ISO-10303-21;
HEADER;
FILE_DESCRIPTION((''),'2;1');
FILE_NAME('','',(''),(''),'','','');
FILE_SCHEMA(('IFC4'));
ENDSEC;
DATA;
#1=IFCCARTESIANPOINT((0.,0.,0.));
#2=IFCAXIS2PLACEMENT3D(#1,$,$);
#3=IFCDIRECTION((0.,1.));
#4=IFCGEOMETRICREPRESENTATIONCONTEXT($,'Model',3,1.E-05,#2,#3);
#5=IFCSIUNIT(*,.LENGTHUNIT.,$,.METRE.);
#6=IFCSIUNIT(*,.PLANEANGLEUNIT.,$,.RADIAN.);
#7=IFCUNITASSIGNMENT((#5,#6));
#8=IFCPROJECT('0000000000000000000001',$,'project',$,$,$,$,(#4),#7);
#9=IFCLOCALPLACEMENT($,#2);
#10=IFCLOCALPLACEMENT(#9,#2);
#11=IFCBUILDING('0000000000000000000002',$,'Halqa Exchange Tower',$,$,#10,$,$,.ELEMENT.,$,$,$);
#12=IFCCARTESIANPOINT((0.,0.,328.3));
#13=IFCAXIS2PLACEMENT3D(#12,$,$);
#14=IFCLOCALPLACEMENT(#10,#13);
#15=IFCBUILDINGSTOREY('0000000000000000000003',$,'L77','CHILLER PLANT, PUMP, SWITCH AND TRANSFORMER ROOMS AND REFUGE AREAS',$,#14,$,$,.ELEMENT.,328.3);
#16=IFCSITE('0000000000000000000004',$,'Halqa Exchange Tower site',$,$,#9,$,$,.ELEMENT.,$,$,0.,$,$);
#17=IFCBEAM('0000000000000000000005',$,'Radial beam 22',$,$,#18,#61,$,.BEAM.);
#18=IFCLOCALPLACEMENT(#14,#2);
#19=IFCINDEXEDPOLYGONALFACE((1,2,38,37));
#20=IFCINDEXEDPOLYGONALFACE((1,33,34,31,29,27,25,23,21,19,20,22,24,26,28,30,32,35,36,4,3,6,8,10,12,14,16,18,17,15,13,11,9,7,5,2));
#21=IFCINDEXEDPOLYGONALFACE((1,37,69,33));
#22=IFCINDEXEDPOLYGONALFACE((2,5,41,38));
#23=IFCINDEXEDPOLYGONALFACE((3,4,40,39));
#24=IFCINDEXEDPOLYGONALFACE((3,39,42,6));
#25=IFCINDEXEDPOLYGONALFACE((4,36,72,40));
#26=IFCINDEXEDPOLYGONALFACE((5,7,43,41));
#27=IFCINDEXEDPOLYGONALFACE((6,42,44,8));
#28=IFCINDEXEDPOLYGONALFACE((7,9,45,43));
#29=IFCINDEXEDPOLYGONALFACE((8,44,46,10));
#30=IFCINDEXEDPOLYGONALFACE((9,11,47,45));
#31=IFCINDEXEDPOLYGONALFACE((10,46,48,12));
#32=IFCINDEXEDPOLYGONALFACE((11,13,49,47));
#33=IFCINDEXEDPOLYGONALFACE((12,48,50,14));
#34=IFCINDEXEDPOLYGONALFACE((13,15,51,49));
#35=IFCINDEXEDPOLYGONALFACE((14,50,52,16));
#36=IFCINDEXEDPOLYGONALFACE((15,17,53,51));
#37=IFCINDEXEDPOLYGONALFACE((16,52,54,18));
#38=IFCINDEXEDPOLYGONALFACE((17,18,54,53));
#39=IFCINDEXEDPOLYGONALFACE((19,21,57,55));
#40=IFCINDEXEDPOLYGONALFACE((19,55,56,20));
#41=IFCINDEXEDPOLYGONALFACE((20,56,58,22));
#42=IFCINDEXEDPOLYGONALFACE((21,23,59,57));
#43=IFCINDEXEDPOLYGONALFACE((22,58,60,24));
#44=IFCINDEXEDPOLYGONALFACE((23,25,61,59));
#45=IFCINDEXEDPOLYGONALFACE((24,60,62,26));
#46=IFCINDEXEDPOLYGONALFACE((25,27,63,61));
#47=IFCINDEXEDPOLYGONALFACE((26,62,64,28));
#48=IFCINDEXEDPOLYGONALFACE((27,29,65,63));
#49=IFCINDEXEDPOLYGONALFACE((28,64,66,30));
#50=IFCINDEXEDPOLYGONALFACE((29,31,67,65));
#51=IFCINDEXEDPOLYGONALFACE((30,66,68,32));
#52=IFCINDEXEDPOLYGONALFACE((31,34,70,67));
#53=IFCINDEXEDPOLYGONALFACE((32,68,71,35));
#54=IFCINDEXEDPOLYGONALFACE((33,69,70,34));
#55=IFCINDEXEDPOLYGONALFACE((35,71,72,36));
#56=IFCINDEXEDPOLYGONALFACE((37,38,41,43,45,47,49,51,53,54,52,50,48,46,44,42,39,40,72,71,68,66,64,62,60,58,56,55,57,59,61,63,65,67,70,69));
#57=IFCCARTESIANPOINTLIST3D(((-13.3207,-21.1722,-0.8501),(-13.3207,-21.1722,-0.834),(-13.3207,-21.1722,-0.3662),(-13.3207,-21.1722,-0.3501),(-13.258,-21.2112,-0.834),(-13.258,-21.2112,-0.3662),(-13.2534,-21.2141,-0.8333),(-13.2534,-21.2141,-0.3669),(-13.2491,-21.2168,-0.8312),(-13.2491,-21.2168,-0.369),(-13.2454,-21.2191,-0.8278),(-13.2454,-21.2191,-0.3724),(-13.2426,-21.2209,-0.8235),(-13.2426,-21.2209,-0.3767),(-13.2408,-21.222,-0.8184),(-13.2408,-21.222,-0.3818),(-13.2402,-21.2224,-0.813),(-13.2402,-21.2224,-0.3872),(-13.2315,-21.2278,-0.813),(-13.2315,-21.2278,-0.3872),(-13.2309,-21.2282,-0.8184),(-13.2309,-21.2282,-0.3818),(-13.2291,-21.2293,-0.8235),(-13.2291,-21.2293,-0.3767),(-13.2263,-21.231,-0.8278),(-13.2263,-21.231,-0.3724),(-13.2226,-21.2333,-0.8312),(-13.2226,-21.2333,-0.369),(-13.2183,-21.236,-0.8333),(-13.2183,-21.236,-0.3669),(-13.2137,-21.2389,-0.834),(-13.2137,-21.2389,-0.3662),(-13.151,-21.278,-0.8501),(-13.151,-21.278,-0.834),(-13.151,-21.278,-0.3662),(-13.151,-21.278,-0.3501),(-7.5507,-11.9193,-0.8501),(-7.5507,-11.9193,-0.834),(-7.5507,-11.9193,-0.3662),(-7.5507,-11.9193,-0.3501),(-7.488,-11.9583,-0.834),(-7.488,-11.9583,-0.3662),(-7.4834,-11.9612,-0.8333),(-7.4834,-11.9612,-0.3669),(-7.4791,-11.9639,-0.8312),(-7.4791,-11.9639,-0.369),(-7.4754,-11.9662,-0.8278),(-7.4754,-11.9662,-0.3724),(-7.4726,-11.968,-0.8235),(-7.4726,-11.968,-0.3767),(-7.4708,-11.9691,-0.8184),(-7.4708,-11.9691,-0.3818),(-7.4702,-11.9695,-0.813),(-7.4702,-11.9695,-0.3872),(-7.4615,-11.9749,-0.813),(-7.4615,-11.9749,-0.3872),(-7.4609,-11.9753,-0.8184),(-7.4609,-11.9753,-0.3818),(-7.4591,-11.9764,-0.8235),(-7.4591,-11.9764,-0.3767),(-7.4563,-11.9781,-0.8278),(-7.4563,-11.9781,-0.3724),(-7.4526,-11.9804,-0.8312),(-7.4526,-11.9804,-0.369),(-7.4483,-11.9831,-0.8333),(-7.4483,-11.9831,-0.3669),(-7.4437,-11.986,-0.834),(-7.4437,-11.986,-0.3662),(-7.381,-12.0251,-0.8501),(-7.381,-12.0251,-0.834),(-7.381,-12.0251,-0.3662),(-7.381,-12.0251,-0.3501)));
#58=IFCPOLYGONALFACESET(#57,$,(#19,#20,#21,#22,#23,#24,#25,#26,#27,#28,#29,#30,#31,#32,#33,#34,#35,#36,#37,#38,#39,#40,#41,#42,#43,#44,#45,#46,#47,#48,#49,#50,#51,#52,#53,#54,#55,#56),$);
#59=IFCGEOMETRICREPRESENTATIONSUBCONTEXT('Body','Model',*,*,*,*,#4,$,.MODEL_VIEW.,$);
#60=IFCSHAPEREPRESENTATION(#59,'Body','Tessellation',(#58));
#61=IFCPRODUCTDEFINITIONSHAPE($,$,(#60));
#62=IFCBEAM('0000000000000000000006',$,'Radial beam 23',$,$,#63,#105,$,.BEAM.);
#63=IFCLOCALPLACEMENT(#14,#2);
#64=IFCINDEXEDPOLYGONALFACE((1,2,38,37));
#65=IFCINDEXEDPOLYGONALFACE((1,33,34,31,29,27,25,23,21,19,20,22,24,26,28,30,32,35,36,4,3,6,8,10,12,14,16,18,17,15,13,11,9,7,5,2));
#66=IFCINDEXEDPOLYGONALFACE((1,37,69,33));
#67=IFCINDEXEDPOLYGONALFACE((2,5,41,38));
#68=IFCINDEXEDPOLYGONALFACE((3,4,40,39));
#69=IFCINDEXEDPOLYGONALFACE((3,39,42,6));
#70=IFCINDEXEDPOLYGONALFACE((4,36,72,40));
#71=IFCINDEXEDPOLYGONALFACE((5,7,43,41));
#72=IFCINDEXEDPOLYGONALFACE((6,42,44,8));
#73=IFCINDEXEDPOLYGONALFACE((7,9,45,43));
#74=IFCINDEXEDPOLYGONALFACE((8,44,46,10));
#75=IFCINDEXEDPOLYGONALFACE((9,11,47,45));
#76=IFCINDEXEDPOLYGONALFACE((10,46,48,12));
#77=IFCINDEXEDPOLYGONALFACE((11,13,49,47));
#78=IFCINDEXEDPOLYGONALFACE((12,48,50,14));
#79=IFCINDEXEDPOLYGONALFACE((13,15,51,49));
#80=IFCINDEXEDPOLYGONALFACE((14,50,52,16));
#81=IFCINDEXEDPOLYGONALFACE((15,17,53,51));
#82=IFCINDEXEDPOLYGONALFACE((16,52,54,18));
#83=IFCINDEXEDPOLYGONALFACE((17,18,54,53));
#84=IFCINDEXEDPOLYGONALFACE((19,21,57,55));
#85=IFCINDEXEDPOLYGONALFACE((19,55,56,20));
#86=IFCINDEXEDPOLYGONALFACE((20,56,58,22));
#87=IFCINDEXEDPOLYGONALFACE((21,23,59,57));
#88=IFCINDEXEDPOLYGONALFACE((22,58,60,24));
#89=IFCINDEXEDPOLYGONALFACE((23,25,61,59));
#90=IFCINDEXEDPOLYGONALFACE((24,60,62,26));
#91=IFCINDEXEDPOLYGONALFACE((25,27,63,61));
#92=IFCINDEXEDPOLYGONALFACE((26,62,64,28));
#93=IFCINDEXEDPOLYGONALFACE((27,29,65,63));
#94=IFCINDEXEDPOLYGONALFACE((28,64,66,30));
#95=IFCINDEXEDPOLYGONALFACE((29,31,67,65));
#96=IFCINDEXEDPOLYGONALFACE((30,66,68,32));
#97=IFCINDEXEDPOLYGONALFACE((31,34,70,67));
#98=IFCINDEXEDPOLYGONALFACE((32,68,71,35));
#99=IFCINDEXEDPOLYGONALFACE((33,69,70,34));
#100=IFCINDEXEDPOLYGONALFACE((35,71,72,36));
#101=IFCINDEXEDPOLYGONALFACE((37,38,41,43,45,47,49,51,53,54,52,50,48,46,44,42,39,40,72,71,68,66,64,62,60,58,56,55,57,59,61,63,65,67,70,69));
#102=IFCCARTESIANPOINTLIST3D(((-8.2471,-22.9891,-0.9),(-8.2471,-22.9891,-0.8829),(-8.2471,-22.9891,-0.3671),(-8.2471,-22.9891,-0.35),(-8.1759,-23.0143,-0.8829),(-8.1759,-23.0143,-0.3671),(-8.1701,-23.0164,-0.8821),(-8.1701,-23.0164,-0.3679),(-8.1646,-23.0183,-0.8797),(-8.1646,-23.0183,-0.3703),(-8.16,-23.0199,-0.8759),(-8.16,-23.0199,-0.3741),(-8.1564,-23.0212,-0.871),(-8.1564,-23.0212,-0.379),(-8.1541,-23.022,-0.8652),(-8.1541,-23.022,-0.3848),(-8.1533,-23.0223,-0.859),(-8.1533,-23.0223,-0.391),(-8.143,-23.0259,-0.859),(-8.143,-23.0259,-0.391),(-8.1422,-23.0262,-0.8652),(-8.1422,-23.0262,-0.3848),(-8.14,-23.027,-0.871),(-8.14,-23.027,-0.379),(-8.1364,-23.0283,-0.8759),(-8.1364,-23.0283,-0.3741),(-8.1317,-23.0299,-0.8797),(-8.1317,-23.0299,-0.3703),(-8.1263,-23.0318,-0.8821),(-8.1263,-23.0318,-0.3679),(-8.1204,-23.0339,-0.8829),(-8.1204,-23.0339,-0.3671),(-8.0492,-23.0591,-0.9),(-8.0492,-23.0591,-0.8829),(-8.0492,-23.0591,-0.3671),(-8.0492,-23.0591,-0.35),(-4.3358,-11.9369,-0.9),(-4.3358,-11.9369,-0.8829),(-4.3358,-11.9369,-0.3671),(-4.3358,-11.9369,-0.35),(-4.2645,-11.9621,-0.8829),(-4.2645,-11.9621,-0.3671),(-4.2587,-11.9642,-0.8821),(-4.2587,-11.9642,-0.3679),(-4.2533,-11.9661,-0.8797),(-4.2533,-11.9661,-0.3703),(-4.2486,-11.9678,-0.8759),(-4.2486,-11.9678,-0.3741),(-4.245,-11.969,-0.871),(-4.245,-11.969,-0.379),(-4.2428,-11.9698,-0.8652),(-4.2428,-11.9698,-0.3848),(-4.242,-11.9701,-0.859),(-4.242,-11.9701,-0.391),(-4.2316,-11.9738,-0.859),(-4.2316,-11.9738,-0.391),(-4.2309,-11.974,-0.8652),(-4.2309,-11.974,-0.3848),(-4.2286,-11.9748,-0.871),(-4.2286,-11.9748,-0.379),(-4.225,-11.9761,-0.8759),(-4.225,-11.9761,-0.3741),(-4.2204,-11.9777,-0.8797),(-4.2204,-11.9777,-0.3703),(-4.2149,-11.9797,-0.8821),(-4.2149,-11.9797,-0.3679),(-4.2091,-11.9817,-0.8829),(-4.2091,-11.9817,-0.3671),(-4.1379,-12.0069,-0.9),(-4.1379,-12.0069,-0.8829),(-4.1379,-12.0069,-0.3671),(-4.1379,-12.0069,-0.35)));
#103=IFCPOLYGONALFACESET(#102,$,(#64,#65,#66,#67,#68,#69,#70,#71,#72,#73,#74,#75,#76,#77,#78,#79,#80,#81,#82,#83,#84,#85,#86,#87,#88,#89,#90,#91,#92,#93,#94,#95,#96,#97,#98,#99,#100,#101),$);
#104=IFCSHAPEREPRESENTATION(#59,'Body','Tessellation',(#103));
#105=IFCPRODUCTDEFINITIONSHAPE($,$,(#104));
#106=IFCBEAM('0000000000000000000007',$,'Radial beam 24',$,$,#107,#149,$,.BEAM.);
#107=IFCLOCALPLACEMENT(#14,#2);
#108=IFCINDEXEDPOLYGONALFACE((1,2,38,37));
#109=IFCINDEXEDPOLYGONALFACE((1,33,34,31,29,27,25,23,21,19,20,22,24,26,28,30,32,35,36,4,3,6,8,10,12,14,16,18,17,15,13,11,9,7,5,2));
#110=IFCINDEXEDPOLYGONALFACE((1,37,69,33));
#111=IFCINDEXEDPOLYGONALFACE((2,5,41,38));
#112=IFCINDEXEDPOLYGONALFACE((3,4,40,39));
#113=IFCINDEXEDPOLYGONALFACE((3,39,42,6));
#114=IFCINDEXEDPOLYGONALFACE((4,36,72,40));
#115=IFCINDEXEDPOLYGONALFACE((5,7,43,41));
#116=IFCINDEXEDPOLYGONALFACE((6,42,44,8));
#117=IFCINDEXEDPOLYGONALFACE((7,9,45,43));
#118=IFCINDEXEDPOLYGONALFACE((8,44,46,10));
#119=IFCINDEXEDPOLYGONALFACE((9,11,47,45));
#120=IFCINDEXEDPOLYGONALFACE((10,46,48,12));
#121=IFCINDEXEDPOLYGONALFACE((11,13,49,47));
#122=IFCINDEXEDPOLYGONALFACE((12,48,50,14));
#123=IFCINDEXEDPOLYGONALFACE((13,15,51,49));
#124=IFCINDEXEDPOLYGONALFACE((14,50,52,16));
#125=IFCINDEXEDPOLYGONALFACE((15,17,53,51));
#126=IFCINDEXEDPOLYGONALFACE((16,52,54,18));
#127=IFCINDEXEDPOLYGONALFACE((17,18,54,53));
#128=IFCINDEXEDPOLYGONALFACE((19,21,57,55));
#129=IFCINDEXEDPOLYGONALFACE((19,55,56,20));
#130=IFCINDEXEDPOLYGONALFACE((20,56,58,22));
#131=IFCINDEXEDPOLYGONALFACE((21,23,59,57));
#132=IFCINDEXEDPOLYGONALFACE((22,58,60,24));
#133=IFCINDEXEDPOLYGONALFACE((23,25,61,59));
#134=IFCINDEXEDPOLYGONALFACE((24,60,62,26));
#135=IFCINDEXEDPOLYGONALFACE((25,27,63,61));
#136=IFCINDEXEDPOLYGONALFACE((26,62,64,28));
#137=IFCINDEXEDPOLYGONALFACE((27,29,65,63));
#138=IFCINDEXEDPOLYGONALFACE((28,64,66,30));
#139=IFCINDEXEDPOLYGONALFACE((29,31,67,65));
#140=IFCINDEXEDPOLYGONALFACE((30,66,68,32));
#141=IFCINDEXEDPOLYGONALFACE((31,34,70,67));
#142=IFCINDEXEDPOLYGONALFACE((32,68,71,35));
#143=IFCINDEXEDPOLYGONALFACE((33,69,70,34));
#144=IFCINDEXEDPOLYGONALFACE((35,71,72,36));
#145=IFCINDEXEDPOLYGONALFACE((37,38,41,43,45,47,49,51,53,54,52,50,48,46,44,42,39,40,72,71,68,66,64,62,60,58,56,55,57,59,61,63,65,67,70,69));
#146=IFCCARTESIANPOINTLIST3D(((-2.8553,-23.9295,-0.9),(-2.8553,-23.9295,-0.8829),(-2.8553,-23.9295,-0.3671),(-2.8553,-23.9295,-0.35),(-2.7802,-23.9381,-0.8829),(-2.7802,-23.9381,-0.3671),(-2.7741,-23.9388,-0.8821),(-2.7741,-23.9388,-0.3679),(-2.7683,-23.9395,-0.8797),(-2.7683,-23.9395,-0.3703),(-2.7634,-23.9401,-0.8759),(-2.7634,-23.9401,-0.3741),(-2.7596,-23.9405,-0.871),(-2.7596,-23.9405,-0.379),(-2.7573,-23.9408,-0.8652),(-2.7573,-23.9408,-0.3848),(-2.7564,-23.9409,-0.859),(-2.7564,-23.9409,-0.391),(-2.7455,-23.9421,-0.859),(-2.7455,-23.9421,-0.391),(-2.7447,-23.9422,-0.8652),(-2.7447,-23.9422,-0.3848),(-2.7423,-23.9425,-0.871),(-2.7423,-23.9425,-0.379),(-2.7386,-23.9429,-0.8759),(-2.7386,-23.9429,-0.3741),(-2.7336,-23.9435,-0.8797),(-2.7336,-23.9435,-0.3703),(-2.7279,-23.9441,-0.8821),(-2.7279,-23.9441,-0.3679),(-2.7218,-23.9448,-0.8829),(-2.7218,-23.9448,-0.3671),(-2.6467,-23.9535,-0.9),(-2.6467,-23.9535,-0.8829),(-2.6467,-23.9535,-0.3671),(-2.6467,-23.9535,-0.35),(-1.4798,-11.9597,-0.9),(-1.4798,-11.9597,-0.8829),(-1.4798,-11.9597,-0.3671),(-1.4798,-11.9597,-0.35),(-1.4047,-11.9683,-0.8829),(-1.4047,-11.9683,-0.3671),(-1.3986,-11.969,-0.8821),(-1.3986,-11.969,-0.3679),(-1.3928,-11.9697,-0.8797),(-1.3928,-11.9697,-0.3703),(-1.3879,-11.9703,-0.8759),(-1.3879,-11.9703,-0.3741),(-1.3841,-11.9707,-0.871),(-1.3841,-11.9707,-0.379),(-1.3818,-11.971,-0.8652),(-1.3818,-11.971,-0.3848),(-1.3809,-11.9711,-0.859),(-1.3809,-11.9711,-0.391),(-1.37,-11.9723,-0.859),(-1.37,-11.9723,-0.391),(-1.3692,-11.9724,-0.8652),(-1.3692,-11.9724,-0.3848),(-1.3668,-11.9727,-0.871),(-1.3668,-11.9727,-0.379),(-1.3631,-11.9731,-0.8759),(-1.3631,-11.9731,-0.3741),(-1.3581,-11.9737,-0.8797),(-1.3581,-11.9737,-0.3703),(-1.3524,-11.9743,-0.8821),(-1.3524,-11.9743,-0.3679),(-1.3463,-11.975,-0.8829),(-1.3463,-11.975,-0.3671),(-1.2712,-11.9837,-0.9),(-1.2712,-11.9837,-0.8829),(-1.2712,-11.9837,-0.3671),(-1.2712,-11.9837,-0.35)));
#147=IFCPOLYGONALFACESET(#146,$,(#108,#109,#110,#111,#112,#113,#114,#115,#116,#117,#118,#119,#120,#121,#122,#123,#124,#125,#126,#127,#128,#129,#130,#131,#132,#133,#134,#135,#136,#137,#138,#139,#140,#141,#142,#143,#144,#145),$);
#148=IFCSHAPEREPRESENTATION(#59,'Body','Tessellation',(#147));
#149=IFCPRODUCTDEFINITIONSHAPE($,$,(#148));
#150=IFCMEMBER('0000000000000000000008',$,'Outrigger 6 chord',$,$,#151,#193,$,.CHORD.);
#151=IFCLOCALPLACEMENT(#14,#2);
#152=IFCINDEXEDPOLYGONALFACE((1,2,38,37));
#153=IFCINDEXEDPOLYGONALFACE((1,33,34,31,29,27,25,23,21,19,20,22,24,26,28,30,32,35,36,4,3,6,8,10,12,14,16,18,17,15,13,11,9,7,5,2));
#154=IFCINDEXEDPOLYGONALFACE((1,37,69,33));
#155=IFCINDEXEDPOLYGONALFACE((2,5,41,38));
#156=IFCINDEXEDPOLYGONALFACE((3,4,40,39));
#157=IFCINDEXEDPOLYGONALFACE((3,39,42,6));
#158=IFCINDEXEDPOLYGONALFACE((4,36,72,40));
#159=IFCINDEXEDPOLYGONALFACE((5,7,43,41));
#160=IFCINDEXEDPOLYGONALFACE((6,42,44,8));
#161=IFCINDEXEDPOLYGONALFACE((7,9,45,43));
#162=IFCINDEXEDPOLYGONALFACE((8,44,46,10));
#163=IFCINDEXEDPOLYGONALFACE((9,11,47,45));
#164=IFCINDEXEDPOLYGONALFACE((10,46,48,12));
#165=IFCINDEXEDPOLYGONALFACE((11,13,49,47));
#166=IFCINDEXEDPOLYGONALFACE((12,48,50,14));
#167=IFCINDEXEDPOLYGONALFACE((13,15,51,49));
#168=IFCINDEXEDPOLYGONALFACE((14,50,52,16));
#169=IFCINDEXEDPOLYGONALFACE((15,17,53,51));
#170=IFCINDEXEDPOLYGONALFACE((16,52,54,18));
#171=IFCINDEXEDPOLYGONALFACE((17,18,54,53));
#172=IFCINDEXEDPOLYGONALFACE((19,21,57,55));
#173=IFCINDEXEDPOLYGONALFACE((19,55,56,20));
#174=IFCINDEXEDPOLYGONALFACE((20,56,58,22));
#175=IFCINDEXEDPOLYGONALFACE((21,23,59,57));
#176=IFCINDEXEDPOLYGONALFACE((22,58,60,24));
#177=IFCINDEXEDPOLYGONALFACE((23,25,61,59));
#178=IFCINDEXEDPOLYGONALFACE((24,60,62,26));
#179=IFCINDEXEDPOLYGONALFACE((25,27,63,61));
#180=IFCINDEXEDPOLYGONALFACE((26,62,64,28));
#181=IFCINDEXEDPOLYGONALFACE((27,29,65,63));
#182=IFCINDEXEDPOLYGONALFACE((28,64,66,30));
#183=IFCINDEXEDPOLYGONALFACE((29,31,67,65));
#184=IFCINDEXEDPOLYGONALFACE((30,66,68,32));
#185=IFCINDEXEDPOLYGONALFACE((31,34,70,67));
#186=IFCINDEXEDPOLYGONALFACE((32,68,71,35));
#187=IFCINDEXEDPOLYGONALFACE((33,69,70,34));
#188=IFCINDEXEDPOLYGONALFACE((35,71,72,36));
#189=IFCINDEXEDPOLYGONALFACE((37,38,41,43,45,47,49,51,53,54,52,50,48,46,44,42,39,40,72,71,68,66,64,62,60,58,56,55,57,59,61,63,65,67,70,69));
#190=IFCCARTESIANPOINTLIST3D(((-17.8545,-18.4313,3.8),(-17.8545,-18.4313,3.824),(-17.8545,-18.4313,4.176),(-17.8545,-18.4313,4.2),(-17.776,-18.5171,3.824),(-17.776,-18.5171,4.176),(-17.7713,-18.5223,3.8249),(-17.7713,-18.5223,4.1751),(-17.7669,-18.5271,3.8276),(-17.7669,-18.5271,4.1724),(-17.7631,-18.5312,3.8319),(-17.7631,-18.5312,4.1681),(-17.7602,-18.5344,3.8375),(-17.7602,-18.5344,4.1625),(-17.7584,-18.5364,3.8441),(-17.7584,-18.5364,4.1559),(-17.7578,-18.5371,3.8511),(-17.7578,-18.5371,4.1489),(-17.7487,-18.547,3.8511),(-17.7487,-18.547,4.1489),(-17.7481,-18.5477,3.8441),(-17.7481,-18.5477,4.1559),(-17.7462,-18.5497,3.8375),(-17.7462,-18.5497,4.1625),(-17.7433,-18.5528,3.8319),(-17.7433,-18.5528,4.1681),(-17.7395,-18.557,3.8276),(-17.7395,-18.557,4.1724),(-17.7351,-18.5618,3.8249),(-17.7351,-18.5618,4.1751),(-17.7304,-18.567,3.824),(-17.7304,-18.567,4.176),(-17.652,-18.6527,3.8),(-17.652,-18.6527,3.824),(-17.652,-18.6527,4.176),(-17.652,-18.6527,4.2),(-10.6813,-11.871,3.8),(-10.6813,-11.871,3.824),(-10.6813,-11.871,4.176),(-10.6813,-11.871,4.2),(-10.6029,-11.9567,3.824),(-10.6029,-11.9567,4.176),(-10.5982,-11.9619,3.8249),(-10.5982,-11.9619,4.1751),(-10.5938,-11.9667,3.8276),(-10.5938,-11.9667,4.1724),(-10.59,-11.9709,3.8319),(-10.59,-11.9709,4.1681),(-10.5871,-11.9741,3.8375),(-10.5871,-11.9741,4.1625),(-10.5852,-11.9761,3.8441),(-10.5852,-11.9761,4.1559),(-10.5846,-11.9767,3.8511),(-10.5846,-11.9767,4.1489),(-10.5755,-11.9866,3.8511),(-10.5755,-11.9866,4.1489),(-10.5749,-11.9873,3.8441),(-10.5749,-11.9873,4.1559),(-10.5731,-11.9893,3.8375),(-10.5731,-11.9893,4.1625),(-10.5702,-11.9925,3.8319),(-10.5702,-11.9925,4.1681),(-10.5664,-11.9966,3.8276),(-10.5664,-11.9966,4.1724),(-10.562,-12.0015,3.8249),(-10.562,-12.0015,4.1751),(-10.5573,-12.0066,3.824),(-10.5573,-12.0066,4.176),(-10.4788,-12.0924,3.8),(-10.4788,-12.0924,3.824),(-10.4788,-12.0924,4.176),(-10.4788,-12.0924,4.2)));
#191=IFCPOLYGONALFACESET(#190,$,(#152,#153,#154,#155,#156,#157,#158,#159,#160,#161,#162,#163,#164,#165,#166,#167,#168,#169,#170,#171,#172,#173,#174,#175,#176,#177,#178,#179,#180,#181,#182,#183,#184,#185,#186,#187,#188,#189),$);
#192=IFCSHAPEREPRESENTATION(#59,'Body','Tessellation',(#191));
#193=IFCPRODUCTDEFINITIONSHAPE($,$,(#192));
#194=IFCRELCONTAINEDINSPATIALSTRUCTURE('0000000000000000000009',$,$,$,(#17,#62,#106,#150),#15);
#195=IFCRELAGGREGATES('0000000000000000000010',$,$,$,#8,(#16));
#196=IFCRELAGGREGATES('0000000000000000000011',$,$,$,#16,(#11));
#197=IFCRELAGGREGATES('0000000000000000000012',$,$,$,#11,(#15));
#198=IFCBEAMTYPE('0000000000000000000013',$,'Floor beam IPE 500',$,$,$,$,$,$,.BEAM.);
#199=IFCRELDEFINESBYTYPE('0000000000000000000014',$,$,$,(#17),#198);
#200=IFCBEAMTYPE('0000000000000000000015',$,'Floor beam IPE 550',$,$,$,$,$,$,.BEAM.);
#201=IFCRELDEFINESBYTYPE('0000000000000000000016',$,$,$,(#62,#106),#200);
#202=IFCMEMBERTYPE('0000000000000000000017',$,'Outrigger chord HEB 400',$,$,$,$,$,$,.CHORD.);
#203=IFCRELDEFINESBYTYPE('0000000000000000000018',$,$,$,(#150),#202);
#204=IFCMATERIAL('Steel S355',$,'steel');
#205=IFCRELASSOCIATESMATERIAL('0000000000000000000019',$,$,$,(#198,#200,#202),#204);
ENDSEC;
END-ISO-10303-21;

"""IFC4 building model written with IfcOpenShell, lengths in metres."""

from ifc_helpers import new_model, si_unit, direction, frame, origin, origin_2d, place, context, subcontext, project, spatial, i_section, extrude, material, material_profile, profile_set, type_object, element, save


model = new_model("IFC4")

# Units and contexts
model_context = context("Model", 3, precision=1e-05, world=origin(), true_north=direction((0.0, 1.0)))
body_context = subcontext(model_context, "Body", "Model", "MODEL_VIEW")
ifc_project = project(units=[si_unit("LENGTHUNIT", "METRE"), si_unit("PLANEANGLEUNIT", "RADIAN")], contexts=[model_context])

# Site, building, storey
site_placement = place(None, origin())
site = spatial("IfcSite", under=ifc_project, at=site_placement, Name="Halqa Exchange Tower site", CompositionType="ELEMENT", RefElevation=0.0)
building_placement = place(site_placement, origin())
building = spatial("IfcBuilding", under=site, at=building_placement, Name="Halqa Exchange Tower", CompositionType="ELEMENT")
storey_placement = place(building_placement, frame((0.0, 0.0, 328.3)))
storey = spatial("IfcBuildingStorey", under=building, at=storey_placement, Name="L77", Description="CHILLER PLANT, PUMP, SWITCH AND TRANSFORMER ROOMS AND REFUGE AREAS", CompositionType="ELEMENT", Elevation=328.3)

# Beams
ifc_material_1 = material(Name="Steel S355", Category="steel")
ifc_material_profile_1 = material_profile(ifc_material_1, i_section(OverallWidth=0.2, OverallDepth=0.5, WebThickness=0.0103, FlangeThickness=0.0161, FilletRadius=0.021, at=origin_2d()), Name="IPE 500")
ifc_profile_set_1 = profile_set([ifc_material_profile_1], Name="Steel S355")
beam_type_1 = type_object("IfcBeamType", Name="Floor beam IPE 500", PredefinedType="BEAM", material=ifc_profile_set_1)
beam_1_placement = place(storey_placement, frame((-7.4658, -11.9722, -0.6001), z_axis=(-0.529137, -0.848536, 0.0), x_axis=(0.848536, -0.529137, 0.0)))
element("IfcBeam", 1, at=beam_1_placement, inside=storey, type_object=beam_type_1, Name="Radial beam 22", PredefinedType="BEAM", context=body_context, shape_type="SweptSolid", body=[
    extrude(i_section(OverallWidth=0.2, OverallDepth=0.5, WebThickness=0.0103, FlangeThickness=0.0161, FilletRadius=0.021, at=origin_2d()), origin(), (0.0, 0.0, 1.0), 10.9045),
])
ifc_material_profile_2 = material_profile(ifc_material_1, i_section(OverallWidth=0.21, OverallDepth=0.55, WebThickness=0.011, FlangeThickness=0.0171, FilletRadius=0.0239, at=origin_2d()), Name="IPE 550")
ifc_profile_set_2 = profile_set([ifc_material_profile_2], Name="Steel S355")
beam_type_2 = type_object("IfcBeamType", Name="Floor beam IPE 550", PredefinedType="BEAM", material=ifc_profile_set_2)
beam_2_placement = place(storey_placement, frame((-4.2368, -11.9719, -0.625), z_axis=(-0.333623, -0.942707, 0.0), x_axis=(0.942707, -0.333623, 0.0)))
element("IfcBeam", 2, at=beam_2_placement, inside=storey, type_object=beam_type_2, Name="Radial beam 23", PredefinedType="BEAM", context=body_context, shape_type="SweptSolid", body=[
    extrude(i_section(OverallWidth=0.21, OverallDepth=0.55, WebThickness=0.011, FlangeThickness=0.0171, FilletRadius=0.0239, at=origin_2d()), origin(), (0.0, 0.0, 1.0), 11.7239),
])
beam_3_placement = place(storey_placement, frame((-1.3755, -11.9717, -0.625), z_axis=(-0.114163, -0.993462, 0.0), x_axis=(0.993462, -0.114163, 0.0)))
element("IfcBeam", 3, at=beam_3_placement, inside=storey, type_object=beam_type_2, Name="Radial beam 24", PredefinedType="BEAM", context=body_context, shape_type="SweptSolid", body=[
    extrude(i_section(OverallWidth=0.21, OverallDepth=0.55, WebThickness=0.011, FlangeThickness=0.0171, FilletRadius=0.0239, at=origin_2d()), origin(), (0.0, 0.0, 1.0), 12.0486),
])

# Member
ifc_material_profile_3 = material_profile(ifc_material_1, i_section(OverallWidth=0.3, OverallDepth=0.3999, WebThickness=0.0134, FlangeThickness=0.0239, FilletRadius=0.0271, at=origin_2d()), Name="HEB 400")
ifc_profile_set_3 = profile_set([ifc_material_profile_3], Name="Steel S355")
member_type = type_object("IfcMemberType", Name="Outrigger chord HEB 400", PredefinedType="CHORD", material=ifc_profile_set_3)
member_placement = place(storey_placement, frame((-10.5801, -11.9817, 4.0), z_axis=(-0.737924, -0.674884, 0.0), x_axis=(0.674884, -0.737924, 0.0)))
element("IfcMember", 4, at=member_placement, inside=storey, type_object=member_type, Name="Outrigger 6 chord", PredefinedType="CHORD", context=body_context, shape_type="SweptSolid", body=[
    extrude(i_section(OverallWidth=0.3, OverallDepth=0.3999, WebThickness=0.0134, FlangeThickness=0.0239, FilletRadius=0.0271, at=origin_2d()), origin(), (0.0, 0.0, 1.0), 9.7207),
])

save(model, "model.ifc")
